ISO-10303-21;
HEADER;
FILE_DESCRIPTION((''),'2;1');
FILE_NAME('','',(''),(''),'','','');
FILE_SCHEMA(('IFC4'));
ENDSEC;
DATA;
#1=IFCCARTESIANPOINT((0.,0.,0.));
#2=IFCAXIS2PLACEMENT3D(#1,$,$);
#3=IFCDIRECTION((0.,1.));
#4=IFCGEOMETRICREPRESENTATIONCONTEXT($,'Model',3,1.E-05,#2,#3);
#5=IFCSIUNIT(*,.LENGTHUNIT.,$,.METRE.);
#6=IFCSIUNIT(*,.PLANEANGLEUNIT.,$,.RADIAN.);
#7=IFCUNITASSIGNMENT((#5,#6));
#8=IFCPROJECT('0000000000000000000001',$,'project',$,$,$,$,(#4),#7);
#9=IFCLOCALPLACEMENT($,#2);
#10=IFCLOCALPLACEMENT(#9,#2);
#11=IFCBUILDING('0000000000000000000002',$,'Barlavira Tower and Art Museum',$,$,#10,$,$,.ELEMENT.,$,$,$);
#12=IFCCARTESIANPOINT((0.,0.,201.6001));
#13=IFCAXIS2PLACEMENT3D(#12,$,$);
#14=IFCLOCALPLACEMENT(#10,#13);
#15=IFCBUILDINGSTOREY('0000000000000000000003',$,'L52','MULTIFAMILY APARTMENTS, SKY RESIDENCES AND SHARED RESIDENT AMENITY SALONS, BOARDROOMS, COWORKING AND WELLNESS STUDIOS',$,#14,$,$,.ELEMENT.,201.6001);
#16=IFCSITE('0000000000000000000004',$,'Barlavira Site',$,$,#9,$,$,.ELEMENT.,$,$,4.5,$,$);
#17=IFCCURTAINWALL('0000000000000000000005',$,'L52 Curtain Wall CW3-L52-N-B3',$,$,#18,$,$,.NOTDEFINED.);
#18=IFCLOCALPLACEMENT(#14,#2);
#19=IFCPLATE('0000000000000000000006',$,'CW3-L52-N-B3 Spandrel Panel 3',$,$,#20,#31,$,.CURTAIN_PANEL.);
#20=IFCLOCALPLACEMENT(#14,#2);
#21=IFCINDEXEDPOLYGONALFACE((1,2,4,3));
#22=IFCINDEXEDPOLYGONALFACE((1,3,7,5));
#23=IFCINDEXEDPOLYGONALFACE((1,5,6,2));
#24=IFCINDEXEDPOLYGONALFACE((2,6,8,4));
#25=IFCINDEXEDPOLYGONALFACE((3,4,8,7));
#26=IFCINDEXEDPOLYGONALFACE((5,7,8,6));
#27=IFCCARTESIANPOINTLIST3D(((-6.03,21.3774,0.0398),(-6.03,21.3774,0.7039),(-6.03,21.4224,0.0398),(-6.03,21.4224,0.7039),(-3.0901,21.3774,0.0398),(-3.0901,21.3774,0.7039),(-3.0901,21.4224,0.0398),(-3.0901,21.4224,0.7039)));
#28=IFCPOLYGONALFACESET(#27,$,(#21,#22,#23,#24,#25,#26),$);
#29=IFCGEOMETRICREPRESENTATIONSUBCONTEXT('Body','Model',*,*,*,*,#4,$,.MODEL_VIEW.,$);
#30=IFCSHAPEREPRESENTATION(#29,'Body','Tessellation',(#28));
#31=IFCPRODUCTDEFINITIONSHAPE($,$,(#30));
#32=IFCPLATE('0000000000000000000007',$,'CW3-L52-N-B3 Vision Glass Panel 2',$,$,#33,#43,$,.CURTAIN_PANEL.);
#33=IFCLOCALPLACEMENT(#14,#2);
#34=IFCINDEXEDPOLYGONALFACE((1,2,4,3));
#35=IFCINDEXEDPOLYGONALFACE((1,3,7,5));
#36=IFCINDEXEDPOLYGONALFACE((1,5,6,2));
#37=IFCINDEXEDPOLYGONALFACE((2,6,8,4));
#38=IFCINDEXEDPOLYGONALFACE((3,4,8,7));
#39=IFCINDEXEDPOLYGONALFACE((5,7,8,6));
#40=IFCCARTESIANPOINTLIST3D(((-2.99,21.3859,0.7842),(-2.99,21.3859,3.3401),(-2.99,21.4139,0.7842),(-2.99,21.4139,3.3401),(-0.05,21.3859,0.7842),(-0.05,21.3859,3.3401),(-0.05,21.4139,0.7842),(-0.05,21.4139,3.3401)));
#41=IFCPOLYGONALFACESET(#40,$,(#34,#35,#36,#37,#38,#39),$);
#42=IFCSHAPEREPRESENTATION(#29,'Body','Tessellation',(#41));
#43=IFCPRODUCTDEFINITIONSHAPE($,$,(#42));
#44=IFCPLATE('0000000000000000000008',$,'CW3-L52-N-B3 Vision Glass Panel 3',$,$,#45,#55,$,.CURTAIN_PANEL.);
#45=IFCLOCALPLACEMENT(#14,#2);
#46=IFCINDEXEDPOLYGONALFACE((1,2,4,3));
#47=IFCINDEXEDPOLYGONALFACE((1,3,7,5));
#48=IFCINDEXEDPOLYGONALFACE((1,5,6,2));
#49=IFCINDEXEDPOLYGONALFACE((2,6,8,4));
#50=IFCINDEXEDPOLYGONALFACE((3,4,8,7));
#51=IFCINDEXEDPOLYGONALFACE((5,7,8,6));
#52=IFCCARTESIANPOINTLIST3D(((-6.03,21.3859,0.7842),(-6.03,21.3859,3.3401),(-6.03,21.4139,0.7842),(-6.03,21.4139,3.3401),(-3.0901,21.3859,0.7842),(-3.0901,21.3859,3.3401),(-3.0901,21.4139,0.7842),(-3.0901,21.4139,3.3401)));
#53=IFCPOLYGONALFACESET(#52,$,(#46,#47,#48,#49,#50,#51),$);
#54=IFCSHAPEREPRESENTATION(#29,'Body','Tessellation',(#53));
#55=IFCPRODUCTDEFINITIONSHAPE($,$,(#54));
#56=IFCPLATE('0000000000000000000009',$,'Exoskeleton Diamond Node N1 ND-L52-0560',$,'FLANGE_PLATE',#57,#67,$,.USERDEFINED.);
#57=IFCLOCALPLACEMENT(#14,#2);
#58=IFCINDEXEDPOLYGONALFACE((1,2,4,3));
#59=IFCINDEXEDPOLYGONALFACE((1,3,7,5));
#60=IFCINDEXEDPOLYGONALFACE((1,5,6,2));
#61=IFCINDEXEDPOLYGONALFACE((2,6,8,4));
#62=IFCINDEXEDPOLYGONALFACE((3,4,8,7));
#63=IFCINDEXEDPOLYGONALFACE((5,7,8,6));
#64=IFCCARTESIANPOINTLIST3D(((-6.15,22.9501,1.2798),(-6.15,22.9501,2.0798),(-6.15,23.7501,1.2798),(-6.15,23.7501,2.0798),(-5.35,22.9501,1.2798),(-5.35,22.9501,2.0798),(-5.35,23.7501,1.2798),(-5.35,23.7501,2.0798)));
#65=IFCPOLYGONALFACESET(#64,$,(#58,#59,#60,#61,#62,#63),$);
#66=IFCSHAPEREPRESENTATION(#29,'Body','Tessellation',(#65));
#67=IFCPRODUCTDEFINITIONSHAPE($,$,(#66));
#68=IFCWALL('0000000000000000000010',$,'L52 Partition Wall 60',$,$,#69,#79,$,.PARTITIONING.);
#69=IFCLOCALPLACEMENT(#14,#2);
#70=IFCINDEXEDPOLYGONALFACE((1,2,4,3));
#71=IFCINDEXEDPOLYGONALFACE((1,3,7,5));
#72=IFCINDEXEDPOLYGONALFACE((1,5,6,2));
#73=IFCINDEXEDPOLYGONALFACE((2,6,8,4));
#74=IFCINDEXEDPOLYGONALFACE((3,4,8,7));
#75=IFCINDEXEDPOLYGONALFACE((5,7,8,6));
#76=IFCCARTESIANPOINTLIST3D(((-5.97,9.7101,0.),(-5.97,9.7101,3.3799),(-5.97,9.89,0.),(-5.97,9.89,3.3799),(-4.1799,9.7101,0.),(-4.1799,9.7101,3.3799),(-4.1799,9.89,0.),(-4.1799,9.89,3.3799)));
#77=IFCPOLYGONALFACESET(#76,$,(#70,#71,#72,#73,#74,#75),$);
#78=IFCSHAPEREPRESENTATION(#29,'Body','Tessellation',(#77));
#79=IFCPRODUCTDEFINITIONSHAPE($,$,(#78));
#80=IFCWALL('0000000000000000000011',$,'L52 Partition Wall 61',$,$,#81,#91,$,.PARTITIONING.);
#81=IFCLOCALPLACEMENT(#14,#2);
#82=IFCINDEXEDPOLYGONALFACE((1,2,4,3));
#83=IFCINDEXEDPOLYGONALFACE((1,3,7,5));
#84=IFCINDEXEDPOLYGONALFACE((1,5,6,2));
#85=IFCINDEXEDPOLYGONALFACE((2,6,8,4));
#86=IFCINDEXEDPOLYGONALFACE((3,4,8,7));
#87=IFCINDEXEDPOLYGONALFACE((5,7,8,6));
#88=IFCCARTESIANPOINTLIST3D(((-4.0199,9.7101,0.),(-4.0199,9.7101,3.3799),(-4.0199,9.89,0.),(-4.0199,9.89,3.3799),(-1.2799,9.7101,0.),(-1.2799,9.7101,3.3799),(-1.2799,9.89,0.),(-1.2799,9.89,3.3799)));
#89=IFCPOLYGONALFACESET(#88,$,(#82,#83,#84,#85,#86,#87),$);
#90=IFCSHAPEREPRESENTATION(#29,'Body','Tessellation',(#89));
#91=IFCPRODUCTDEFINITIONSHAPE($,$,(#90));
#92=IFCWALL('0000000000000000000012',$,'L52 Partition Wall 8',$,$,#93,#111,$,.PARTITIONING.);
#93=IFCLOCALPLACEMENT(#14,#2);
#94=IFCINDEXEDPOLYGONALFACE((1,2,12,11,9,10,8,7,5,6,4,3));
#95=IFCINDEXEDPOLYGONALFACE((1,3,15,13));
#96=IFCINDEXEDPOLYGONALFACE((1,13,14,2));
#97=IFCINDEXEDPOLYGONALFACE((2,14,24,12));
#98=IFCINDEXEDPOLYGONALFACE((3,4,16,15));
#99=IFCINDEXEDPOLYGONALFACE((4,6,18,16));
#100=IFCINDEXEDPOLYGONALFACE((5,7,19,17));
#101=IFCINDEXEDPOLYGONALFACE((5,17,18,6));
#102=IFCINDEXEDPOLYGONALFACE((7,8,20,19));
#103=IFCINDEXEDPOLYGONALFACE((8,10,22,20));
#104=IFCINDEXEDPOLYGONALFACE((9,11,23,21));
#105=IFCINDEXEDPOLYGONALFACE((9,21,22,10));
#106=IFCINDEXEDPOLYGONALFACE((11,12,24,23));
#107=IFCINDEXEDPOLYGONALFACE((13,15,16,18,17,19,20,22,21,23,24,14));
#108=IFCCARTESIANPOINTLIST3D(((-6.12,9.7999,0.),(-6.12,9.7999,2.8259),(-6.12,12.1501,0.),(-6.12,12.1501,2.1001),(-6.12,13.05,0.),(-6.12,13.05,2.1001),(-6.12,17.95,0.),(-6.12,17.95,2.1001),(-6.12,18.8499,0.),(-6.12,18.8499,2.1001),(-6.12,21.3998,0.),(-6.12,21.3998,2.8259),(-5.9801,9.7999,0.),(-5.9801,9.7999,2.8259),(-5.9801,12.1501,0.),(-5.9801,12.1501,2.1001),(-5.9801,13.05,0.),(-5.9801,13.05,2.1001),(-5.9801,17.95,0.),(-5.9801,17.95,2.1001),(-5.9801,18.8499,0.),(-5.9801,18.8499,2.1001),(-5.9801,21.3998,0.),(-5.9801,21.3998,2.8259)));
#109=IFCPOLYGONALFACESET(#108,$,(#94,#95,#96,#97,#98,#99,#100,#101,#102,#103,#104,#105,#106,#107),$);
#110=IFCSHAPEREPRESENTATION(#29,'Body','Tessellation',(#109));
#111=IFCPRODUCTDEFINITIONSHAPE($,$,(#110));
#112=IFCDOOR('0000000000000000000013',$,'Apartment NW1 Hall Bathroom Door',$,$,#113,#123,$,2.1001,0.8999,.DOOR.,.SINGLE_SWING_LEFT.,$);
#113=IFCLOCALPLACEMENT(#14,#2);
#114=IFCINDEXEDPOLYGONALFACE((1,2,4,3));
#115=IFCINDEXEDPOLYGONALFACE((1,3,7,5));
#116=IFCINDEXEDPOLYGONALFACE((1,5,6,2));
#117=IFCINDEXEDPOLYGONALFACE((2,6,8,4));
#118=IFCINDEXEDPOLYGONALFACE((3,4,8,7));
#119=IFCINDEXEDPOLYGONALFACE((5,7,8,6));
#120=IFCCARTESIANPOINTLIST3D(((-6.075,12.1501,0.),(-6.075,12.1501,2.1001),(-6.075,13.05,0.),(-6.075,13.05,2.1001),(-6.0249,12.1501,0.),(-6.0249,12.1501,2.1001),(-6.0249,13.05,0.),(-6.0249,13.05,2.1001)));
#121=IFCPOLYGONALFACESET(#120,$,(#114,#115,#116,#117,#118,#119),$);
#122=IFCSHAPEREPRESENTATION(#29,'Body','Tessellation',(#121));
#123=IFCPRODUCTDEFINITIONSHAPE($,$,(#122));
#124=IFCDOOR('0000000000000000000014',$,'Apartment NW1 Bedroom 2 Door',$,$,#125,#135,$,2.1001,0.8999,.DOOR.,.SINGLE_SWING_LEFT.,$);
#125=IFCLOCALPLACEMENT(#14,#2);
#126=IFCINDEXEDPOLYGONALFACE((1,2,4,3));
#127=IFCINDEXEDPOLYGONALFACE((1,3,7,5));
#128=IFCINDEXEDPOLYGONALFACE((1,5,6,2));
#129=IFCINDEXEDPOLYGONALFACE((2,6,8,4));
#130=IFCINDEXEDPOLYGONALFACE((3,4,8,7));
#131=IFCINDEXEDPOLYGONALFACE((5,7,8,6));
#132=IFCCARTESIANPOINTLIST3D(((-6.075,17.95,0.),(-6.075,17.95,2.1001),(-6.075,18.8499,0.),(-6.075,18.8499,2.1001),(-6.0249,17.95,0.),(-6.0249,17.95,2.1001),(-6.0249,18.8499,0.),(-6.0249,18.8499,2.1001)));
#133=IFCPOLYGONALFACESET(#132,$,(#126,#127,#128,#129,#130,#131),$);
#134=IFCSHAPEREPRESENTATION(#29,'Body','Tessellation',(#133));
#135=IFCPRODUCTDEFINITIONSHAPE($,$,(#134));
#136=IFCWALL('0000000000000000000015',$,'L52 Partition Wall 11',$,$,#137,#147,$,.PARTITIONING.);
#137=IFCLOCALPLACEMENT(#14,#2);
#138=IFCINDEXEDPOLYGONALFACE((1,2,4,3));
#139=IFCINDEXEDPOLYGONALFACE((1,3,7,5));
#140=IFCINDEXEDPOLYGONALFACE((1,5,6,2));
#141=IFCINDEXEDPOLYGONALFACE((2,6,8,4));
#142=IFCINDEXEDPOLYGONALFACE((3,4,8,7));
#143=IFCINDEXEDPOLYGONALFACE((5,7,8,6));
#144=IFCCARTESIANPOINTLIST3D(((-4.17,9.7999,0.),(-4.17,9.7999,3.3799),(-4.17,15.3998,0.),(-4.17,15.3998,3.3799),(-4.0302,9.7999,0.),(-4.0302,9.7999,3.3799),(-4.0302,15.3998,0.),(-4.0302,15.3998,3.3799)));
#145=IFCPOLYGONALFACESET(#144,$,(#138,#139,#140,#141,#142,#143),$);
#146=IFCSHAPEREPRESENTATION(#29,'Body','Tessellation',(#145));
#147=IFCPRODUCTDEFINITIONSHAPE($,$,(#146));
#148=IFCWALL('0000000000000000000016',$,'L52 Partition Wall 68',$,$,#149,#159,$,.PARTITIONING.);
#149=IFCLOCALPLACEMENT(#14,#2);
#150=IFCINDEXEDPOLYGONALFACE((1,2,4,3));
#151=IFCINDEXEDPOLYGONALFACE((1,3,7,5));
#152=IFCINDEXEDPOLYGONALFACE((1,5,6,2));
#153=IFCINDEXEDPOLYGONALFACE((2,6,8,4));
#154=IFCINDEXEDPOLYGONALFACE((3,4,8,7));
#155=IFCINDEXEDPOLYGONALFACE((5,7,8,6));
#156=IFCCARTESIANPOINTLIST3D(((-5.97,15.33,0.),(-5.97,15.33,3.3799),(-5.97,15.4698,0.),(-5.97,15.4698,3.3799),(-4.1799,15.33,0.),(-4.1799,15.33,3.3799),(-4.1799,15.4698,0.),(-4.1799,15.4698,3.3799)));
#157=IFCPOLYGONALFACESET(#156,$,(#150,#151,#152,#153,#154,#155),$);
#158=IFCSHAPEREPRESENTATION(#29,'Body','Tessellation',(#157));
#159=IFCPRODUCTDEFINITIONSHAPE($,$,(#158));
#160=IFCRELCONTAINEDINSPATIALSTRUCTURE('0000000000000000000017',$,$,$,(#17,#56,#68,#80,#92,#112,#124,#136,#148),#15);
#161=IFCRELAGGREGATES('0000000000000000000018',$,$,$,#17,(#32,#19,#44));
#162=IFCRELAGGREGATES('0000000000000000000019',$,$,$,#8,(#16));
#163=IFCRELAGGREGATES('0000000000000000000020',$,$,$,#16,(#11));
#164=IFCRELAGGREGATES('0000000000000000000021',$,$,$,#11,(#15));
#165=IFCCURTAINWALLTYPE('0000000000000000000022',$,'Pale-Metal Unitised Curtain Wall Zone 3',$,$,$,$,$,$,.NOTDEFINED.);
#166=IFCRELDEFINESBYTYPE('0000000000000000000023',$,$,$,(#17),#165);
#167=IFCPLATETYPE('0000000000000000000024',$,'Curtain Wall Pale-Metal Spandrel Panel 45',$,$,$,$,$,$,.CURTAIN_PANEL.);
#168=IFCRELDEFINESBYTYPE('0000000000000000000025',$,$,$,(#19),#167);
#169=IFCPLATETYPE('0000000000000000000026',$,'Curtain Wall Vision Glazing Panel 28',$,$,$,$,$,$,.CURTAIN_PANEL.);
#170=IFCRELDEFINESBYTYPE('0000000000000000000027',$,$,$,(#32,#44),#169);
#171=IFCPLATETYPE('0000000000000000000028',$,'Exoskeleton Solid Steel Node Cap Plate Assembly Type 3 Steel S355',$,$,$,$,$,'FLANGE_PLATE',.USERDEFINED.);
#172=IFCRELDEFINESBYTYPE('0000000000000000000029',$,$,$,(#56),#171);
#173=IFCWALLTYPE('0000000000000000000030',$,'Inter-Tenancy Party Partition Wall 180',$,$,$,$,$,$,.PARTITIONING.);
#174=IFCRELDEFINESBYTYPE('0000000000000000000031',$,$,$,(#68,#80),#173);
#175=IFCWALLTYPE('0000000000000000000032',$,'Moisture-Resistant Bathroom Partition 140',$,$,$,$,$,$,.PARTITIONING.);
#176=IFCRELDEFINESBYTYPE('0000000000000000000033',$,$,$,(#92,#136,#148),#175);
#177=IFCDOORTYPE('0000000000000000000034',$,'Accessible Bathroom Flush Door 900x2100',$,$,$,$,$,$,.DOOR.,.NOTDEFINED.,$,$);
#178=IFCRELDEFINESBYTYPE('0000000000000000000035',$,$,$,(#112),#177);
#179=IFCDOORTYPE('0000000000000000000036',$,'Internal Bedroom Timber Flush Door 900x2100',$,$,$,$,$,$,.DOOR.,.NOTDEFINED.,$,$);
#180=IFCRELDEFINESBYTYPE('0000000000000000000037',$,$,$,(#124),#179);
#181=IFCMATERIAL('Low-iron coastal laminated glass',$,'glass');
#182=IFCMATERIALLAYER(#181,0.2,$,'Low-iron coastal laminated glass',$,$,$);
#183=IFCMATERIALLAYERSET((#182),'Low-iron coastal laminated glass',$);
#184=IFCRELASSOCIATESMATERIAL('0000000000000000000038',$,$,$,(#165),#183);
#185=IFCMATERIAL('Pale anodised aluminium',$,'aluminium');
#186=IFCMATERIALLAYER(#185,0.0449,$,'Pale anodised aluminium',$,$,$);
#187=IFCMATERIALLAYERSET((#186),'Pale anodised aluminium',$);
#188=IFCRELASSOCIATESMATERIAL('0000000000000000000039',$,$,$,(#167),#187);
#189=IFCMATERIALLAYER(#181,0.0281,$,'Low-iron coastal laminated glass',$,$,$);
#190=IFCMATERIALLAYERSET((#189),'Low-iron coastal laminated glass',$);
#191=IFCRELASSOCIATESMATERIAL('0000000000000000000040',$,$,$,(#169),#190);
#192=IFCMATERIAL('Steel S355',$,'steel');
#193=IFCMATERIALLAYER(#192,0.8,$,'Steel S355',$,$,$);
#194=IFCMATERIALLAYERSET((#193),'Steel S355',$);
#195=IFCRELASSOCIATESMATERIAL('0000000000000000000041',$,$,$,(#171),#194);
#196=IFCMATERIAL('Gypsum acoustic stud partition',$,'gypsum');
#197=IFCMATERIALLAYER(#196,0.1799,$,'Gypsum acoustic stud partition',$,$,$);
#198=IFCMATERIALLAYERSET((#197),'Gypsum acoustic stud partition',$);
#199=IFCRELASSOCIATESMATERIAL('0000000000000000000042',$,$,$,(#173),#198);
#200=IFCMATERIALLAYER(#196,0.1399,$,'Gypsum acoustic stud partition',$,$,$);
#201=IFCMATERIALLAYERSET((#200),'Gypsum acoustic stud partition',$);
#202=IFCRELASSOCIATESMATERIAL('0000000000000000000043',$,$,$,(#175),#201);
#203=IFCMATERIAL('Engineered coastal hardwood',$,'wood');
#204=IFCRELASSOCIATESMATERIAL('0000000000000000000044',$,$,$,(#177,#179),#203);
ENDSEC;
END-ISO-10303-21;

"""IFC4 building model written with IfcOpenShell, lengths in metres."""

from ifc_helpers import new_model, si_unit, direction, frame, frame_2d, origin, origin_2d, place, context, subcontext, project, spatial, rectangle, extrude, material, layer, layer_set, type_object, element, fill, aggregate, save


model = new_model("IFC4")

# Units and contexts
model_context = context("Model", 3, precision=1e-05, world=origin(), true_north=direction((0.0, 1.0)))
body_context = subcontext(model_context, "Body", "Model", "MODEL_VIEW")
ifc_project = project(units=[si_unit("LENGTHUNIT", "METRE"), si_unit("PLANEANGLEUNIT", "RADIAN")], contexts=[model_context])

# Site, building, storey
site_placement = place(None, origin())
site = spatial("IfcSite", under=ifc_project, at=site_placement, Name="Barlavira Site", CompositionType="ELEMENT", RefElevation=4.5)
building_placement = place(site_placement, origin())
building = spatial("IfcBuilding", under=site, at=building_placement, Name="Barlavira Tower and Art Museum", CompositionType="ELEMENT")
storey_placement = place(building_placement, frame((0.0, 0.0, 201.6001)))
storey = spatial("IfcBuildingStorey", under=building, at=storey_placement, Name="L52", Description="MULTIFAMILY APARTMENTS, SKY RESIDENCES AND SHARED RESIDENT AMENITY SALONS, BOARDROOMS, COWORKING AND WELLNESS STUDIOS", CompositionType="ELEMENT", Elevation=201.6001)

# Curtain wall
ifc_material_1 = material(Name="Low-iron coastal laminated glass", Category="glass")
ifc_layer_1 = layer(ifc_material_1, 0.2, Name="Low-iron coastal laminated glass")
ifc_layer_set_1 = layer_set([ifc_layer_1], Name="Low-iron coastal laminated glass")
curtain_wall_type = type_object("IfcCurtainWallType", Name="Pale-Metal Unitised Curtain Wall Zone 3", PredefinedType="NOTDEFINED", material=ifc_layer_set_1)
curtain_wall_placement = place(storey_placement, origin())
curtain_wall = element("IfcCurtainWall", 1, at=curtain_wall_placement, inside=storey, type_object=curtain_wall_type, Name="L52 Curtain Wall CW3-L52-N-B3", PredefinedType="NOTDEFINED")
ifc_material_2 = material(Name="Pale anodised aluminium", Category="aluminium")

# Shared definitions
ifc_material_3 = material(Name="Steel S355", Category="steel")

# Plates
ifc_layer_2 = layer(ifc_material_2, 0.0449, Name="Pale anodised aluminium")
ifc_layer_set_2 = layer_set([ifc_layer_2], Name="Pale anodised aluminium")
plate_type_1 = type_object("IfcPlateType", Name="Curtain Wall Pale-Metal Spandrel Panel 45", PredefinedType="CURTAIN_PANEL", material=ifc_layer_set_2)
plate_1_placement = place(storey_placement, frame((-4.5601, 21.3999, 0.0398), z_axis=(0.0, 0.0, 1.0), x_axis=(-1.0, 0.0, 0.0)))
plate_1 = element("IfcPlate", 2, at=plate_1_placement, type_object=plate_type_1, Name="CW3-L52-N-B3 Spandrel Panel 3", PredefinedType="CURTAIN_PANEL", context=body_context, shape_type="SweptSolid", body=[
    extrude(rectangle(XDim=2.9399, YDim=0.0449, at=origin_2d()), origin(), (0.0, 0.0, 1.0), 0.6641),
])
ifc_layer_3 = layer(ifc_material_1, 0.0281, Name="Low-iron coastal laminated glass")
ifc_layer_set_3 = layer_set([ifc_layer_3], Name="Low-iron coastal laminated glass")
plate_type_2 = type_object("IfcPlateType", Name="Curtain Wall Vision Glazing Panel 28", PredefinedType="CURTAIN_PANEL", material=ifc_layer_set_3)
plate_2_placement = place(storey_placement, frame((-1.52, 21.3999, 0.7842), z_axis=(0.0, 0.0, 1.0), x_axis=(-1.0, 0.0, 0.0)))
plate_2 = element("IfcPlate", 3, at=plate_2_placement, type_object=plate_type_2, Name="CW3-L52-N-B3 Vision Glass Panel 2", PredefinedType="CURTAIN_PANEL", context=body_context, shape_type="SweptSolid", body=[
    extrude(rectangle(XDim=2.9399, YDim=0.0281, at=origin_2d()), origin(), (0.0, 0.0, 1.0), 2.5559),
])
plate_3_placement = place(storey_placement, frame((-4.5601, 21.3999, 0.7842), z_axis=(0.0, 0.0, 1.0), x_axis=(-1.0, 0.0, 0.0)))
plate_3 = element("IfcPlate", 4, at=plate_3_placement, type_object=plate_type_2, Name="CW3-L52-N-B3 Vision Glass Panel 3", PredefinedType="CURTAIN_PANEL", context=body_context, shape_type="SweptSolid", body=[
    extrude(rectangle(XDim=2.9399, YDim=0.0281, at=origin_2d()), origin(), (0.0, 0.0, 1.0), 2.5559),
])
aggregate(curtain_wall, [plate_2, plate_1, plate_3])
ifc_layer_4 = layer(ifc_material_3, 0.8, Name="Steel S355")
ifc_layer_set_4 = layer_set([ifc_layer_4], Name="Steel S355")
plate_type_3 = type_object("IfcPlateType", Name="Exoskeleton Solid Steel Node Cap Plate Assembly Type 3 Steel S355", ElementType="FLANGE_PLATE", PredefinedType="USERDEFINED", material=ifc_layer_set_4)
plate_4_placement = place(storey_placement, frame((-5.75, 23.3501, 1.2798), z_axis=(0.0, 0.0, 1.0), x_axis=(1.0, 0.0, 0.0)))
element("IfcPlate", 5, at=plate_4_placement, inside=storey, type_object=plate_type_3, Name="Exoskeleton Diamond Node N1 ND-L52-0560", ObjectType="FLANGE_PLATE", PredefinedType="USERDEFINED", context=body_context, shape_type="SweptSolid", body=[
    extrude(rectangle(XDim=0.8, YDim=0.8, at=origin_2d()), origin(), (0.0, 0.0, 1.0), 0.8),
])

# Walls
ifc_material_4 = material(Name="Gypsum acoustic stud partition", Category="gypsum")
ifc_layer_5 = layer(ifc_material_4, 0.1799, Name="Gypsum acoustic stud partition")
ifc_layer_set_5 = layer_set([ifc_layer_5], Name="Gypsum acoustic stud partition")
wall_type_1 = type_object("IfcWallType", Name="Inter-Tenancy Party Partition Wall 180", PredefinedType="PARTITIONING", material=ifc_layer_set_5)
wall_1_placement = place(storey_placement, frame((-5.97, 9.8, 0.0), z_axis=(0.0, 0.0, 1.0), x_axis=(1.0, 0.0, 0.0)))
element("IfcWall", 6, at=wall_1_placement, inside=storey, type_object=wall_type_1, Name="L52 Partition Wall 60", PredefinedType="PARTITIONING", context=body_context, shape_type="SweptSolid", body=[
    extrude(rectangle(XDim=1.79, YDim=0.1799, at=frame_2d((0.895, 0.0))), origin(), (0.0, 0.0, 1.0), 3.3799),
])
wall_2_placement = place(storey_placement, frame((-4.02, 9.8, 0.0), z_axis=(0.0, 0.0, 1.0), x_axis=(1.0, 0.0, 0.0)))
element("IfcWall", 7, at=wall_2_placement, inside=storey, type_object=wall_type_1, Name="L52 Partition Wall 61", PredefinedType="PARTITIONING", context=body_context, shape_type="SweptSolid", body=[
    extrude(rectangle(XDim=2.74, YDim=0.1799, at=frame_2d((1.3701, 0.0))), origin(), (0.0, 0.0, 1.0), 3.3799),
])

# Wall, openings, doors
ifc_layer_6 = layer(ifc_material_4, 0.1399, Name="Gypsum acoustic stud partition")
ifc_layer_set_6 = layer_set([ifc_layer_6], Name="Gypsum acoustic stud partition")
wall_type_2 = type_object("IfcWallType", Name="Moisture-Resistant Bathroom Partition 140", PredefinedType="PARTITIONING", material=ifc_layer_set_6)
wall_3_placement = place(storey_placement, frame((-6.05, 9.8, 0.0), z_axis=(0.0, 0.0, 1.0), x_axis=(0.0, 1.0, 0.0)))
wall_3 = element("IfcWall", 8, at=wall_3_placement, inside=storey, type_object=wall_type_2, Name="L52 Partition Wall 8", PredefinedType="PARTITIONING", context=body_context, shape_type="SweptSolid", body=[
    extrude(rectangle(XDim=11.5999, YDim=0.1399, at=frame_2d((5.7998, 0.0))), origin(), (0.0, 0.0, 1.0), 2.8259),
])
opening_1_placement = place(wall_3_placement, frame((2.3501, 0.0, 0.0)))
opening_1 = element("IfcOpeningElement", 9, at=opening_1_placement, cuts=wall_3, PredefinedType="OPENING", context=body_context, shape_type="SweptSolid", body=[
    extrude(rectangle(XDim=0.8999, YDim=2.1001, at=frame_2d((0.45, 1.05))), frame((0.0, 0.0801, 0.0), z_axis=(0.0, -1.0, 0.0), x_axis=(1.0, 0.0, 0.0)), (0.0, 0.0, 1.0), 0.1599),
])
opening_2_placement = place(wall_3_placement, frame((8.1499, 0.0, 0.0)))
opening_2 = element("IfcOpeningElement", 10, at=opening_2_placement, cuts=wall_3, PredefinedType="OPENING", context=body_context, shape_type="SweptSolid", body=[
    extrude(rectangle(XDim=0.8999, YDim=2.1001, at=frame_2d((0.45, 1.05))), frame((0.0, 0.0801, 0.0), z_axis=(0.0, -1.0, 0.0), x_axis=(1.0, 0.0, 0.0)), (0.0, 0.0, 1.0), 0.1599),
])
ifc_material_5 = material(Name="Engineered coastal hardwood", Category="wood")
door_type_1 = type_object("IfcDoorType", Name="Accessible Bathroom Flush Door 900x2100", OperationType="NOTDEFINED", PredefinedType="DOOR", material=ifc_material_5)
door_1_placement = place(opening_1_placement, origin())
door_1 = element("IfcDoor", 11, at=door_1_placement, inside=storey, type_object=door_type_1, Name="Apartment NW1 Hall Bathroom Door", OperationType="SINGLE_SWING_LEFT", OverallHeight=2.1001, OverallWidth=0.8999, PredefinedType="DOOR", context=body_context, shape_type="SweptSolid", body=[
    extrude(rectangle(XDim=0.8999, YDim=2.1001, at=frame_2d((0.45, 1.05))), frame((0.0, 0.0249, 0.0), z_axis=(0.0, -1.0, 0.0), x_axis=(1.0, 0.0, 0.0)), (0.0, 0.0, 1.0), 0.05),
])
fill(opening_1, door_1)
door_type_2 = type_object("IfcDoorType", Name="Internal Bedroom Timber Flush Door 900x2100", OperationType="NOTDEFINED", PredefinedType="DOOR", material=ifc_material_5)
door_2_placement = place(opening_2_placement, origin())
door_2 = element("IfcDoor", 12, at=door_2_placement, inside=storey, type_object=door_type_2, Name="Apartment NW1 Bedroom 2 Door", OperationType="SINGLE_SWING_LEFT", OverallHeight=2.1001, OverallWidth=0.8999, PredefinedType="DOOR", context=body_context, shape_type="SweptSolid", body=[
    extrude(rectangle(XDim=0.8999, YDim=2.1001, at=frame_2d((0.45, 1.05))), frame((0.0, 0.0249, 0.0), z_axis=(0.0, -1.0, 0.0), x_axis=(1.0, 0.0, 0.0)), (0.0, 0.0, 1.0), 0.05),
])
fill(opening_2, door_2)

# Walls
wall_4_placement = place(storey_placement, frame((-4.1001, 9.8, 0.0), z_axis=(0.0, 0.0, 1.0), x_axis=(0.0, 1.0, 0.0)))
element("IfcWall", 13, at=wall_4_placement, inside=storey, type_object=wall_type_2, Name="L52 Partition Wall 11", PredefinedType="PARTITIONING", context=body_context, shape_type="SweptSolid", body=[
    extrude(rectangle(XDim=5.5999, YDim=0.1399, at=frame_2d((2.7998, 0.0))), origin(), (0.0, 0.0, 1.0), 3.3799),
])
wall_5_placement = place(storey_placement, frame((-5.97, 15.3999, 0.0), z_axis=(0.0, 0.0, 1.0), x_axis=(1.0, 0.0, 0.0)))
element("IfcWall", 14, at=wall_5_placement, inside=storey, type_object=wall_type_2, Name="L52 Partition Wall 68", PredefinedType="PARTITIONING", context=body_context, shape_type="SweptSolid", body=[
    extrude(rectangle(XDim=1.79, YDim=0.1399, at=frame_2d((0.895, 0.0))), origin(), (0.0, 0.0, 1.0), 3.3799),
])

save(model, "model.ifc")
